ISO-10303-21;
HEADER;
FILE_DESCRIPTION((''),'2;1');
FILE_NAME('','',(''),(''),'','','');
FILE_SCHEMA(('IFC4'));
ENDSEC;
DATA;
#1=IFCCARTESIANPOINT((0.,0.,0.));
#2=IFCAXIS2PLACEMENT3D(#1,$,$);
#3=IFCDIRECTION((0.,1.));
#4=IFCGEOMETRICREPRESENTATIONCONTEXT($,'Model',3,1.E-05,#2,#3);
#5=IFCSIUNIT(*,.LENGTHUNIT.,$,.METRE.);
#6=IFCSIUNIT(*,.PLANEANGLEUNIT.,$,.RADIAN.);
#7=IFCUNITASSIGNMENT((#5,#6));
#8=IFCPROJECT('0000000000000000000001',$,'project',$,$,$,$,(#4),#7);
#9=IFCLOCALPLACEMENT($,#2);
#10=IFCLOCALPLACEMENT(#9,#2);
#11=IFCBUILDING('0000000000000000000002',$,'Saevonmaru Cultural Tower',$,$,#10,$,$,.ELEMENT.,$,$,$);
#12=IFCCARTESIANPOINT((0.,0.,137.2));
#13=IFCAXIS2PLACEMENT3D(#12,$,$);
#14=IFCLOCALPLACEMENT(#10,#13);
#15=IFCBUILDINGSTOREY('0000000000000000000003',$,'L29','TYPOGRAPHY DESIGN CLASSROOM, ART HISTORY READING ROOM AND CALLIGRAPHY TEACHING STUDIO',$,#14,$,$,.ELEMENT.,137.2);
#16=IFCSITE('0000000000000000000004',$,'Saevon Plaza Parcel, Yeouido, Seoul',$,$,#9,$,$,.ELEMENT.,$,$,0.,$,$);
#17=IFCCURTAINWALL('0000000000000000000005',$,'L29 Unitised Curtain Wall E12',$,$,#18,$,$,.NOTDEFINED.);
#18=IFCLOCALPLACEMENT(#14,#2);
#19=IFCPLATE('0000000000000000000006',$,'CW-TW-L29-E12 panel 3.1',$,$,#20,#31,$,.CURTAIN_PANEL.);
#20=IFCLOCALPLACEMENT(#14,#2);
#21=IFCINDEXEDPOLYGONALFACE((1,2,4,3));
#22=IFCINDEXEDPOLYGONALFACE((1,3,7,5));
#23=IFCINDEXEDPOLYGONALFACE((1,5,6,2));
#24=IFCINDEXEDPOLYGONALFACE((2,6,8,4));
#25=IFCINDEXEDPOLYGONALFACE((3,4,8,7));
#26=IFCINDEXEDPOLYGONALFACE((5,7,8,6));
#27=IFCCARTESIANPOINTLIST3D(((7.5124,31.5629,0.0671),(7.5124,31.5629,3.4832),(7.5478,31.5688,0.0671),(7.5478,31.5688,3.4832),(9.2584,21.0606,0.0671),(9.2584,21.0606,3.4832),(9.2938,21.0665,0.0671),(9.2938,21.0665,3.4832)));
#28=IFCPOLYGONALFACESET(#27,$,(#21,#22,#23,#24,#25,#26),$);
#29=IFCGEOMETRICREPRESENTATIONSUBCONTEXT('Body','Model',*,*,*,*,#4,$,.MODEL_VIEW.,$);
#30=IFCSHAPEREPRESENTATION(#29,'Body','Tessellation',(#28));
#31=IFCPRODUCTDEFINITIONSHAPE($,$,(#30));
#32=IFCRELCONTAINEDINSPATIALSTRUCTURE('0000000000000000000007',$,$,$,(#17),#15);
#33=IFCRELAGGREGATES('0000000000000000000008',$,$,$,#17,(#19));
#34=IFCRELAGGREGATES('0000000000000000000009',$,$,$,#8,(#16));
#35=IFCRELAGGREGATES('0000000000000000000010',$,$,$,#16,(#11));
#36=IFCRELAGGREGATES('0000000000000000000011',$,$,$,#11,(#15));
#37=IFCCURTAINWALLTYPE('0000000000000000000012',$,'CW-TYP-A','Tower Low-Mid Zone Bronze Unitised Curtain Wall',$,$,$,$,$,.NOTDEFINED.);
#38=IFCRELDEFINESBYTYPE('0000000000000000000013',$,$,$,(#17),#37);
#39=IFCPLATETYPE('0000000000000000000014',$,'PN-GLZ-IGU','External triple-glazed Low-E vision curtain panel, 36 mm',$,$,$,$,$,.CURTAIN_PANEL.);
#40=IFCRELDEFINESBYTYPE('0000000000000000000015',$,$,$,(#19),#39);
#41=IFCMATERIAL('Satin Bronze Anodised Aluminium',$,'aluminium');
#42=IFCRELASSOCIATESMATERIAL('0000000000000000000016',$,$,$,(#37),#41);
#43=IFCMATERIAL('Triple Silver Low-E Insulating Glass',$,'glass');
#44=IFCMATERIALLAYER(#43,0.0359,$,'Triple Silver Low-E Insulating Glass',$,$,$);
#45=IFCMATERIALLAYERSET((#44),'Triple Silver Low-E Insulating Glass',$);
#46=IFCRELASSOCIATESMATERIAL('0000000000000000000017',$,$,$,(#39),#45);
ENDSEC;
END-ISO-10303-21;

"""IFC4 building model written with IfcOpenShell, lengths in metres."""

from ifc_helpers import new_model, si_unit, direction, frame, origin, origin_2d, place, context, subcontext, project, spatial, rectangle, extrude, material, layer, layer_set, type_object, element, aggregate, save


model = new_model("IFC4")

# Units and contexts
model_context = context("Model", 3, precision=1e-05, world=origin(), true_north=direction((0.0, 1.0)))
body_context = subcontext(model_context, "Body", "Model", "MODEL_VIEW")
ifc_project = project(units=[si_unit("LENGTHUNIT", "METRE"), si_unit("PLANEANGLEUNIT", "RADIAN")], contexts=[model_context])

# Site, building, storey
site_placement = place(None, origin())
site = spatial("IfcSite", under=ifc_project, at=site_placement, Name="Saevon Plaza Parcel, Yeouido, Seoul", CompositionType="ELEMENT", RefElevation=0.0)
building_placement = place(site_placement, origin())
building = spatial("IfcBuilding", under=site, at=building_placement, Name="Saevonmaru Cultural Tower", CompositionType="ELEMENT")
storey_placement = place(building_placement, frame((0.0, 0.0, 137.2)))
storey = spatial("IfcBuildingStorey", under=building, at=storey_placement, Name="L29", Description="TYPOGRAPHY DESIGN CLASSROOM, ART HISTORY READING ROOM AND CALLIGRAPHY TEACHING STUDIO", CompositionType="ELEMENT", Elevation=137.2)

# Curtain wall
ifc_material_1 = material(Name="Satin Bronze Anodised Aluminium", Category="aluminium")
curtain_wall_type_1 = type_object("IfcCurtainWallType", Name="CW-TYP-A", Description="Tower Low-Mid Zone Bronze Unitised Curtain Wall", PredefinedType="NOTDEFINED", material=ifc_material_1)
curtain_wall_1_placement = place(storey_placement, origin())
curtain_wall_1 = element("IfcCurtainWall", 1, at=curtain_wall_1_placement, inside=storey, type_object=curtain_wall_type_1, Name="L29 Unitised Curtain Wall E12", PredefinedType="NOTDEFINED")

# Plate
ifc_material_2 = material(Name="Triple Silver Low-E Insulating Glass", Category="glass")
ifc_layer_1 = layer(ifc_material_2, 0.0359, Name="Triple Silver Low-E Insulating Glass")
ifc_layer_set_1 = layer_set([ifc_layer_1], Name="Triple Silver Low-E Insulating Glass")
plate_type_1 = type_object("IfcPlateType", Name="PN-GLZ-IGU", Description="External triple-glazed Low-E vision curtain panel, 36 mm", PredefinedType="CURTAIN_PANEL", material=ifc_layer_set_1)
plate_1_placement = place(storey_placement, frame((8.4031, 26.3147, 0.0671), z_axis=(0.0, 0.0, 1.0), x_axis=(0.163999, -0.986461, 0.0)))
plate_1 = element("IfcPlate", 2, at=plate_1_placement, type_object=plate_type_1, Name="CW-TW-L29-E12 panel 3.1", PredefinedType="CURTAIN_PANEL", context=body_context, shape_type="SweptSolid", body=[
    extrude(rectangle(XDim=10.6465, YDim=0.0359, at=origin_2d()), origin(), (0.0, 0.0, 1.0), 3.416),
])
aggregate(curtain_wall_1, [plate_1])

save(model, "model.ifc")
